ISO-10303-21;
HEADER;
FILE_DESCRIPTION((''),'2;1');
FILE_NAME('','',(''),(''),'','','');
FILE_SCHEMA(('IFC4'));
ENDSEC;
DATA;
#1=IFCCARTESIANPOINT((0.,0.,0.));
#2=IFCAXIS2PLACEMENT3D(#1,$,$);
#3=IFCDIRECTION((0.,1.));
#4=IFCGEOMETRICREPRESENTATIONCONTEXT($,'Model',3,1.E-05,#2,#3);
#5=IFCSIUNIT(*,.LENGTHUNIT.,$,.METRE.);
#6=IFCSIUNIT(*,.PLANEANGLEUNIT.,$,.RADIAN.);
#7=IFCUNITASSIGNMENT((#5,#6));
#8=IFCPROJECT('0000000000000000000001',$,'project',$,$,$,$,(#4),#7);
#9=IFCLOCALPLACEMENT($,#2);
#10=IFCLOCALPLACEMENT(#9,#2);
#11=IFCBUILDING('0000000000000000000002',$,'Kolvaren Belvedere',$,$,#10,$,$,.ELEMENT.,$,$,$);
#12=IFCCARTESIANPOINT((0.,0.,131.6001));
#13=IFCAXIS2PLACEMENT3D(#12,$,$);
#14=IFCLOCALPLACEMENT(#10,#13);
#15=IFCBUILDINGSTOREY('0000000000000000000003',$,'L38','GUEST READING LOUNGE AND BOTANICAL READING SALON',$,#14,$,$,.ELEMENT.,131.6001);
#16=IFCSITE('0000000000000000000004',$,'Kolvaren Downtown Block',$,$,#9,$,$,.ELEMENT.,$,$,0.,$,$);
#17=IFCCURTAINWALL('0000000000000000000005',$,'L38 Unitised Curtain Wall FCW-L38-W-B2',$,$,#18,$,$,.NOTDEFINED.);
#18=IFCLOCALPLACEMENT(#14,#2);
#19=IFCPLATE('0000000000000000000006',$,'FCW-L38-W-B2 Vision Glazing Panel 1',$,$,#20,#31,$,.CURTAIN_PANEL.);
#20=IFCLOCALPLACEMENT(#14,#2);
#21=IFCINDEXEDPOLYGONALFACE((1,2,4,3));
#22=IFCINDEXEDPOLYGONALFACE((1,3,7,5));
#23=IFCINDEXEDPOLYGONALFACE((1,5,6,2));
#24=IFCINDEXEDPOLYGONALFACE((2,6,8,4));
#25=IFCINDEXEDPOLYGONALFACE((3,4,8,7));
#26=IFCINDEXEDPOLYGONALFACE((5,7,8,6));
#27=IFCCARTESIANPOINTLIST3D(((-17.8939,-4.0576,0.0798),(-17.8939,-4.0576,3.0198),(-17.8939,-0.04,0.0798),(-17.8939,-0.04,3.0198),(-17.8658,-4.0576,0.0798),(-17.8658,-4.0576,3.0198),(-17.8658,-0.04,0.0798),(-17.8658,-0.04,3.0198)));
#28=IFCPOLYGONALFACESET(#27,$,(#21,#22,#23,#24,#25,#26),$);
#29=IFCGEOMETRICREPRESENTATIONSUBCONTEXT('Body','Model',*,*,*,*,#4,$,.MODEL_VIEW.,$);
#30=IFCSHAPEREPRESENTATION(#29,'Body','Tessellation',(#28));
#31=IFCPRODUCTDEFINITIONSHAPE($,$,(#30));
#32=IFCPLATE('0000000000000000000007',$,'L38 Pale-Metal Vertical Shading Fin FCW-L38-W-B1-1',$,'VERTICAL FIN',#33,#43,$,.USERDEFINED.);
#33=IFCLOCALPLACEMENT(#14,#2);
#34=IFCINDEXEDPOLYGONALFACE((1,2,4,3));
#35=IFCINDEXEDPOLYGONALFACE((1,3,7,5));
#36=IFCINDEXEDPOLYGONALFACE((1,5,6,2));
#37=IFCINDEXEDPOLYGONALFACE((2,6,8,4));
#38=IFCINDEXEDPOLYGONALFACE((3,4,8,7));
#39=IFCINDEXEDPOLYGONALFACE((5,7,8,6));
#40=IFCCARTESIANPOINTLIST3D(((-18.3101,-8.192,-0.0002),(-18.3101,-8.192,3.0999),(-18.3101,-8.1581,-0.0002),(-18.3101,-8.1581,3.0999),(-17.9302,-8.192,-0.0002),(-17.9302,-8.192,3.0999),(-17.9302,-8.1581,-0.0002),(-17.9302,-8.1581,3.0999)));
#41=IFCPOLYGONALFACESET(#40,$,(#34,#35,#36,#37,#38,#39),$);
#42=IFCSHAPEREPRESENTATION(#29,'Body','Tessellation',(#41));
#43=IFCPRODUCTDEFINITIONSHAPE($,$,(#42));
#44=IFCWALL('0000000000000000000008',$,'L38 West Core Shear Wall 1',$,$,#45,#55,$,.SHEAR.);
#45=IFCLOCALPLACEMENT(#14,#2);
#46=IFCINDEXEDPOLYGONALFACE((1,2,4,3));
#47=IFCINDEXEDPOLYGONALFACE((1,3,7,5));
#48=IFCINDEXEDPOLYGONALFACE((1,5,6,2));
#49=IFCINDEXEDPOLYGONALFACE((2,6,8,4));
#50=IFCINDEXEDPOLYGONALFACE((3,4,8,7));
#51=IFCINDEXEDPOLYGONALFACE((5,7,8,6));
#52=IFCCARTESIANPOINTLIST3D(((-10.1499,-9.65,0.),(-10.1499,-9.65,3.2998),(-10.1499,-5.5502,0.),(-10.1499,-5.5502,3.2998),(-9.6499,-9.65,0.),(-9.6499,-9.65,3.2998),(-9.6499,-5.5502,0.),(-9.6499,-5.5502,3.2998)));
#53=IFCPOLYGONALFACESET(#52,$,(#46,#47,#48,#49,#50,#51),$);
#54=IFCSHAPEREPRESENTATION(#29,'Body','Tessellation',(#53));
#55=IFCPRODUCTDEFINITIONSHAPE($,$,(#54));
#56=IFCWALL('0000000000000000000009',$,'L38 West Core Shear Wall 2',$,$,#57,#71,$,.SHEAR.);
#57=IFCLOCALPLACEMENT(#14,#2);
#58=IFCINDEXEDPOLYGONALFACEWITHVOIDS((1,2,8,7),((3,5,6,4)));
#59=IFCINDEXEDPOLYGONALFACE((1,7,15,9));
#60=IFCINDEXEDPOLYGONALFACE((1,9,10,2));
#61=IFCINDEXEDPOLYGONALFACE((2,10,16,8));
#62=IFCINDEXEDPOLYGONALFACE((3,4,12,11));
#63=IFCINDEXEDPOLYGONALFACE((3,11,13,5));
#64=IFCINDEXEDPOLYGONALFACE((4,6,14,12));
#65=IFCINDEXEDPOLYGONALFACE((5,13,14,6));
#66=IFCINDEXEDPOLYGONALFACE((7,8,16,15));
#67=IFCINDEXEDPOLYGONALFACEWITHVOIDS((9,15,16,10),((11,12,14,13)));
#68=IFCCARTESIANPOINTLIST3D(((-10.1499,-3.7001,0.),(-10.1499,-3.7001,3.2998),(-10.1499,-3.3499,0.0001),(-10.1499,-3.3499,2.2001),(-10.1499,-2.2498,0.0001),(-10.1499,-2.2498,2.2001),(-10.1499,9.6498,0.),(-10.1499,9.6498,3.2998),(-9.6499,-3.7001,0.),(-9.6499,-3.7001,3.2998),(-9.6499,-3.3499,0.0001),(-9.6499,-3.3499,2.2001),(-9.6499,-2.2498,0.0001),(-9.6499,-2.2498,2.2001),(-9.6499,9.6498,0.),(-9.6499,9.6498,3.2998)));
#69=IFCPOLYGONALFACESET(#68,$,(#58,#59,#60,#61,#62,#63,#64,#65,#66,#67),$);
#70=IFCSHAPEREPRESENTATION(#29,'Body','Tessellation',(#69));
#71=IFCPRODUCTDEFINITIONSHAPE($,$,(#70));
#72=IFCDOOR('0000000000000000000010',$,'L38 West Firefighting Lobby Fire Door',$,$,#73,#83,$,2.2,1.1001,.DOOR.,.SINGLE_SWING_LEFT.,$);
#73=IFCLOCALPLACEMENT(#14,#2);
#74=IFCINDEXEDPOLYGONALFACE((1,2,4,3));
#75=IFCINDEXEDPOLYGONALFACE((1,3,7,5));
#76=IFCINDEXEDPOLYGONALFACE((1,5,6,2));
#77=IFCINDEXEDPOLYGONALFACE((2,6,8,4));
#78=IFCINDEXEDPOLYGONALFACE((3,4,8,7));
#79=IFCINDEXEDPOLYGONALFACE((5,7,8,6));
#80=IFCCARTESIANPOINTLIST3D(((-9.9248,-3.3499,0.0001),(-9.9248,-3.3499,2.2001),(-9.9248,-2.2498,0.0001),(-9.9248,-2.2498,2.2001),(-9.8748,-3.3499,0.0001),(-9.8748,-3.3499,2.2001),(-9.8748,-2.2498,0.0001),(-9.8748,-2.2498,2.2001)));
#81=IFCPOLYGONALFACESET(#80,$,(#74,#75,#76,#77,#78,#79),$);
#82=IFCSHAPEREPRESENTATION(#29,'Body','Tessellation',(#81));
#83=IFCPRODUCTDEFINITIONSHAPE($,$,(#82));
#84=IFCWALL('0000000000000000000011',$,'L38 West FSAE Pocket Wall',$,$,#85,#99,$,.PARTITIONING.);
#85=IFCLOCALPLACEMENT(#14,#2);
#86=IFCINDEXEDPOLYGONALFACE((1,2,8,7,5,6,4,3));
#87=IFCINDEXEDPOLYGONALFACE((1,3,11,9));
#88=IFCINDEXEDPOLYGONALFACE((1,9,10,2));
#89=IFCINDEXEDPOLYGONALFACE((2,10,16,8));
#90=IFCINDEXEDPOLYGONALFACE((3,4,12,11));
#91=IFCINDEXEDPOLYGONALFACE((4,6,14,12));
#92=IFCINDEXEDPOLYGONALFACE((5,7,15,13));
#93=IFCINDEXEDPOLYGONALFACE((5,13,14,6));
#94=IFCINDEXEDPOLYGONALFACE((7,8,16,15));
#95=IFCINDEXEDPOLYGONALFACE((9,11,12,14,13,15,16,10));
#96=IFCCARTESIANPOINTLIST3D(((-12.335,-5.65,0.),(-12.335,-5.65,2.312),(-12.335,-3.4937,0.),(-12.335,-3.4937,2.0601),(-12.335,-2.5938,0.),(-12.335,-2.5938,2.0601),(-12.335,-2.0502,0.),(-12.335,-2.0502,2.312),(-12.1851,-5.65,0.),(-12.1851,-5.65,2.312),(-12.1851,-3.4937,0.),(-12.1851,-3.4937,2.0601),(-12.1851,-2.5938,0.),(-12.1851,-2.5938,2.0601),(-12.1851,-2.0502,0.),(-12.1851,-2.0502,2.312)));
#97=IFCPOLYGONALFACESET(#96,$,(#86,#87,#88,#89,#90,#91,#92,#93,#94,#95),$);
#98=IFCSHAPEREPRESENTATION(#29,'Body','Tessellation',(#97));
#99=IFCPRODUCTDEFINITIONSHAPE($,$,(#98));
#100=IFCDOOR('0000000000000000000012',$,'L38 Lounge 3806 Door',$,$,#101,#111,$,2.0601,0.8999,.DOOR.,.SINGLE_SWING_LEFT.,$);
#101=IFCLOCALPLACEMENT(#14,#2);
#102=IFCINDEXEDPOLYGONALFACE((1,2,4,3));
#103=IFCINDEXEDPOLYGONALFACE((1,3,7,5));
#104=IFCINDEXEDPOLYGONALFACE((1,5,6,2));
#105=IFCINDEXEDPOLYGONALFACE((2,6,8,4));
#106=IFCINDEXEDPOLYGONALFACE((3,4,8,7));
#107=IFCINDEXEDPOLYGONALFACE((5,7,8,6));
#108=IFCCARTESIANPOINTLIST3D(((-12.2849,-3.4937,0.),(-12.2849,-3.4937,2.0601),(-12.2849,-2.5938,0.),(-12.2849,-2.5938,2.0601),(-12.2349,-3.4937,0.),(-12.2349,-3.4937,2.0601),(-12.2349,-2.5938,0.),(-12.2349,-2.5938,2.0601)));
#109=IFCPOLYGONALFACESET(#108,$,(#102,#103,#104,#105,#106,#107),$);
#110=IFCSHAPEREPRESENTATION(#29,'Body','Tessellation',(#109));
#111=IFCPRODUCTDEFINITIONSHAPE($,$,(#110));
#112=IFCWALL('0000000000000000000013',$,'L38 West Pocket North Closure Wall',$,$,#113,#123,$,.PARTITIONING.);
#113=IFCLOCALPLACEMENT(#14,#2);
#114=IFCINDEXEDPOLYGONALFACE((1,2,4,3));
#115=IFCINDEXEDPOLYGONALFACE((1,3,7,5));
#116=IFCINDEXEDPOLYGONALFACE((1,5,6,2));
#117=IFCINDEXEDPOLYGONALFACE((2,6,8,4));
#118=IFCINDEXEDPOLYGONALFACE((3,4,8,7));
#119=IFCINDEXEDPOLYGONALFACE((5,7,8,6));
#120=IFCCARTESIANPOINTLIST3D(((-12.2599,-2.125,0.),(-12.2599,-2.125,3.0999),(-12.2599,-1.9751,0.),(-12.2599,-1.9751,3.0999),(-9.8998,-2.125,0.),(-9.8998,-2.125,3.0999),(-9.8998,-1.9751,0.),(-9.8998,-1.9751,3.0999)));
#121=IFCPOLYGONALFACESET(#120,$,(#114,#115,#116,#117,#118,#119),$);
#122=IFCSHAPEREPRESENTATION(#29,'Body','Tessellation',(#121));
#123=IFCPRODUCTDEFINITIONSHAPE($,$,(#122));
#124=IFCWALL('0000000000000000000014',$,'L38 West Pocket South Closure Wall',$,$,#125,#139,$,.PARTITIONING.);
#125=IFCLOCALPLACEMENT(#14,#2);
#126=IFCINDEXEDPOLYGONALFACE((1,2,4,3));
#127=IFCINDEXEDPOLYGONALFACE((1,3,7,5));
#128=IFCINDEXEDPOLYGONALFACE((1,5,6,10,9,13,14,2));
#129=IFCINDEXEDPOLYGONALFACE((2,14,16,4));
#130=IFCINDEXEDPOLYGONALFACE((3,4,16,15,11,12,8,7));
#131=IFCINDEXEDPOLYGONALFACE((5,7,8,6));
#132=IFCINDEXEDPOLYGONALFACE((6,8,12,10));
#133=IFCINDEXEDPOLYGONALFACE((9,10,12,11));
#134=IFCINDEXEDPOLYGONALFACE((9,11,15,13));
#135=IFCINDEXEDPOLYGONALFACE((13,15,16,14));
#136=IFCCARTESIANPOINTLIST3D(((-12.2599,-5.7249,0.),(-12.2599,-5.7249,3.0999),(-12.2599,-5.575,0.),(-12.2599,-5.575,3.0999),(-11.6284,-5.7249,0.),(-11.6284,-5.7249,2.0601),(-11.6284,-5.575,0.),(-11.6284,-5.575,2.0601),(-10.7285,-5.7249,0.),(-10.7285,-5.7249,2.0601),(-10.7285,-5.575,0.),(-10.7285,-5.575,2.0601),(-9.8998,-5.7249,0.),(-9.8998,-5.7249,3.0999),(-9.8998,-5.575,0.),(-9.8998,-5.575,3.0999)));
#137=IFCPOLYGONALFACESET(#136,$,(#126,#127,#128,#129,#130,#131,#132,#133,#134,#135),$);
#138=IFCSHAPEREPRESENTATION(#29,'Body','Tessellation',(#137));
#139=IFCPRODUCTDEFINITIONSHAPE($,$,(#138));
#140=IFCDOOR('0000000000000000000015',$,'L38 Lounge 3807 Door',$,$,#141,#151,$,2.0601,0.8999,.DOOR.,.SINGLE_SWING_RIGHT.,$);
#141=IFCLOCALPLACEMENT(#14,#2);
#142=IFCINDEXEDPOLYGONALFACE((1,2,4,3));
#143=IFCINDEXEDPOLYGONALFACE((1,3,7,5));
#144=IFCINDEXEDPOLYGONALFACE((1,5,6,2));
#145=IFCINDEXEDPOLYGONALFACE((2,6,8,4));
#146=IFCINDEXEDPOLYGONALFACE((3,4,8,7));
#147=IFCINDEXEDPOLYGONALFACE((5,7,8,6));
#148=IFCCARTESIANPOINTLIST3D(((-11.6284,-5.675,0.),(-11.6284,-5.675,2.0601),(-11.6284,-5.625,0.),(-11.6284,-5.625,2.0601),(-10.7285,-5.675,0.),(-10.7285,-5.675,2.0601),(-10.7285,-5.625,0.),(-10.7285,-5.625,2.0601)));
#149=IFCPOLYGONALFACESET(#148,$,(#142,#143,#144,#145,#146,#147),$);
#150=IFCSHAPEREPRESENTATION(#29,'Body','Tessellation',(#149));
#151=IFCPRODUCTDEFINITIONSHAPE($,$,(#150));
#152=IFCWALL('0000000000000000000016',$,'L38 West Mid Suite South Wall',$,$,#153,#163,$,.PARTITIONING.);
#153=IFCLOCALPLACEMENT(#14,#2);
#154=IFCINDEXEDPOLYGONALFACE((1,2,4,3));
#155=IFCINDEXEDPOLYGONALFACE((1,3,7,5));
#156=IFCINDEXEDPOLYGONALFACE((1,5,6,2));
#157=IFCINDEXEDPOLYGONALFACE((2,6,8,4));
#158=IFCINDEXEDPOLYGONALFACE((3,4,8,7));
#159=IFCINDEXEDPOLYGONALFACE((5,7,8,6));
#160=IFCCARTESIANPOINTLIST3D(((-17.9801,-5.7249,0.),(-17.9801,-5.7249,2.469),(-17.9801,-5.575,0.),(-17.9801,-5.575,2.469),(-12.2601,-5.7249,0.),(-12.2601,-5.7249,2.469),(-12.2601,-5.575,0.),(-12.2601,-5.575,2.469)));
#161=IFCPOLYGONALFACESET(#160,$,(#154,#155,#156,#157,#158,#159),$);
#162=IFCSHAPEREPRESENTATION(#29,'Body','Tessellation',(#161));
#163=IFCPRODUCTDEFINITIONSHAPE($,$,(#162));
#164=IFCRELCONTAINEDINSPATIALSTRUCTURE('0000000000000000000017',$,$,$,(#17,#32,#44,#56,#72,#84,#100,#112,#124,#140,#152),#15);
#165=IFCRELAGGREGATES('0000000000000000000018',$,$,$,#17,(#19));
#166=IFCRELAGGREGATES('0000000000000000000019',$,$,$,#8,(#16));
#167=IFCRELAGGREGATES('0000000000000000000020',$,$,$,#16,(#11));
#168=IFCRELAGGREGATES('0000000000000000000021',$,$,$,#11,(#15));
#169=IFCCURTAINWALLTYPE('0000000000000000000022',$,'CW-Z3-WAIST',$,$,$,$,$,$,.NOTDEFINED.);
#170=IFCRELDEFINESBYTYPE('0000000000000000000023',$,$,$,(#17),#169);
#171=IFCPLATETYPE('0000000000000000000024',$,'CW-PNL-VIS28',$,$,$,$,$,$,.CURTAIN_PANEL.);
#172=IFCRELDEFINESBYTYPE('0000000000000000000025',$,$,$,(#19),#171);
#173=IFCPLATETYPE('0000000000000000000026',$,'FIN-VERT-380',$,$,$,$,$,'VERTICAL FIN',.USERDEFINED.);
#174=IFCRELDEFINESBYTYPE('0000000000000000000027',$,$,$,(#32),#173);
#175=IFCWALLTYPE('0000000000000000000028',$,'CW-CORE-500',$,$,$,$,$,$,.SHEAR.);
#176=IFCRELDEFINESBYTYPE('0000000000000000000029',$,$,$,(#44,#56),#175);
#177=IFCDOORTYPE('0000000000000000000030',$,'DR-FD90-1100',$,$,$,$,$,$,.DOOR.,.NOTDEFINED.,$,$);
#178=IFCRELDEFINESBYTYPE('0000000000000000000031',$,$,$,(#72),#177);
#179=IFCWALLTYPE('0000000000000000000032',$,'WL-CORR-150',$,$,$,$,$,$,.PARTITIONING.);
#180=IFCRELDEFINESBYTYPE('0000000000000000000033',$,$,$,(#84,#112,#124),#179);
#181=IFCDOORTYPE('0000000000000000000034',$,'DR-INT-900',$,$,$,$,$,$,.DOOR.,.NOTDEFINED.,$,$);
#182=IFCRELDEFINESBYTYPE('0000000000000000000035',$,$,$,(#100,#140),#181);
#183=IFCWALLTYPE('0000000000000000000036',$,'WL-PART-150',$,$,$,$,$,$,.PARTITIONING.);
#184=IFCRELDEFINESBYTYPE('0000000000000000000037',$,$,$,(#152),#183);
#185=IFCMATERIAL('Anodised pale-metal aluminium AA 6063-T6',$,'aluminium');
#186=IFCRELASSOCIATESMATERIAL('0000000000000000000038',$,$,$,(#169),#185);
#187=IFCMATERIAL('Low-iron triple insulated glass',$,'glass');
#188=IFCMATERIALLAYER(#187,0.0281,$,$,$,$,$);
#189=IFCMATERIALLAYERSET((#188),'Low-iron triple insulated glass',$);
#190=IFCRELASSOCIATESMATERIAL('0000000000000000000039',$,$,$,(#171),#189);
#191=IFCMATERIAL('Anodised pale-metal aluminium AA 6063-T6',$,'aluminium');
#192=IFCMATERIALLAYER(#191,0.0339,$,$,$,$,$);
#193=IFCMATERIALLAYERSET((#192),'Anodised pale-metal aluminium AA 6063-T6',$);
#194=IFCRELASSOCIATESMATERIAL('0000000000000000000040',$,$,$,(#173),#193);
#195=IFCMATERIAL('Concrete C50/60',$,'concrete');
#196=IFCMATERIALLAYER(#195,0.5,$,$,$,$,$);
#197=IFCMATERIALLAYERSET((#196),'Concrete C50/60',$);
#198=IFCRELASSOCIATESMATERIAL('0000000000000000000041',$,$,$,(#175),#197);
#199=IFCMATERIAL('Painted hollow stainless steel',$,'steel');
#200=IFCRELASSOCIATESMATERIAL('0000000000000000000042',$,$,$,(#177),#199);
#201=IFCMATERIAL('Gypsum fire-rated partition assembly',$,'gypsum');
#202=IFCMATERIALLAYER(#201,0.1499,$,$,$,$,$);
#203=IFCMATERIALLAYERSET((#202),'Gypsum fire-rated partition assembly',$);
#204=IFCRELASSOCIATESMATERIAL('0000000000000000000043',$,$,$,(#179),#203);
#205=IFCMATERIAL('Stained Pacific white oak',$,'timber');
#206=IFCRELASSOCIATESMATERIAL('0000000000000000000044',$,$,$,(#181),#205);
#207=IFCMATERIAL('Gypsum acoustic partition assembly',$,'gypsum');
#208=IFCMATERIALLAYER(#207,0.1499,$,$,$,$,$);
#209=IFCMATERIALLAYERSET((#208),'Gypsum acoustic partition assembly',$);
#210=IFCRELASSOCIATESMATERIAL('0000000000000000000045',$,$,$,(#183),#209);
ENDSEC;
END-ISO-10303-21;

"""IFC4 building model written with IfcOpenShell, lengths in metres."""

from ifc_helpers import new_model, si_unit, direction, frame, frame_2d, origin, origin_2d, place, context, subcontext, project, spatial, rectangle, extrude, material, layer, layer_set, type_object, element, fill, aggregate, save


model = new_model("IFC4")

# Units and contexts
model_context = context("Model", 3, precision=1e-05, world=origin(), true_north=direction((0.0, 1.0)))
body_context = subcontext(model_context, "Body", "Model", "MODEL_VIEW")
ifc_project = project(units=[si_unit("LENGTHUNIT", "METRE"), si_unit("PLANEANGLEUNIT", "RADIAN")], contexts=[model_context])

# Site, building, storey
site_placement = place(None, origin())
site = spatial("IfcSite", under=ifc_project, at=site_placement, Name="Kolvaren Downtown Block", CompositionType="ELEMENT", RefElevation=0.0)
building_placement = place(site_placement, origin())
building = spatial("IfcBuilding", under=site, at=building_placement, Name="Kolvaren Belvedere", CompositionType="ELEMENT")
storey_placement = place(building_placement, frame((0.0, 0.0, 131.6001)))
storey = spatial("IfcBuildingStorey", under=building, at=storey_placement, Name="L38", Description="GUEST READING LOUNGE AND BOTANICAL READING SALON", CompositionType="ELEMENT", Elevation=131.6001)

# Shared definitions
ifc_material_1 = material(Name="Anodised pale-metal aluminium AA 6063-T6", Category="aluminium")
curtain_wall_type = type_object("IfcCurtainWallType", Name="CW-Z3-WAIST", PredefinedType="NOTDEFINED", material=ifc_material_1)

# Curtain wall
curtain_wall_1_placement = place(storey_placement, origin())
curtain_wall_1 = element("IfcCurtainWall", 1, at=curtain_wall_1_placement, inside=storey, type_object=curtain_wall_type, Name="L38 Unitised Curtain Wall FCW-L38-W-B2", PredefinedType="NOTDEFINED")

# Plates
ifc_material_2 = material(Name="Low-iron triple insulated glass", Category="glass")
ifc_layer_1 = layer(ifc_material_2, 0.0281)
ifc_layer_set_1 = layer_set([ifc_layer_1], Name="Low-iron triple insulated glass")
plate_type_1 = type_object("IfcPlateType", Name="CW-PNL-VIS28", PredefinedType="CURTAIN_PANEL", material=ifc_layer_set_1)
plate_1_placement = place(storey_placement, frame((-17.8799, -2.0488, 0.0798), z_axis=(0.0, 0.0, 1.0), x_axis=(0.0, 1.0, 0.0)))
plate_1 = element("IfcPlate", 2, at=plate_1_placement, type_object=plate_type_1, Name="FCW-L38-W-B2 Vision Glazing Panel 1", PredefinedType="CURTAIN_PANEL", context=body_context, shape_type="SweptSolid", body=[
    extrude(rectangle(XDim=4.0176, YDim=0.0281, at=origin_2d()), origin(), (0.0, 0.0, 1.0), 2.9399),
])
aggregate(curtain_wall_1, [plate_1])
ifc_material_3 = material(Name="Anodised pale-metal aluminium AA 6063-T6", Category="aluminium")
ifc_layer_2 = layer(ifc_material_3, 0.0339)
ifc_layer_set_2 = layer_set([ifc_layer_2], Name="Anodised pale-metal aluminium AA 6063-T6")
plate_type_2 = type_object("IfcPlateType", Name="FIN-VERT-380", ElementType="VERTICAL FIN", PredefinedType="USERDEFINED", material=ifc_layer_set_2)
plate_2_placement = place(storey_placement, frame((-18.1201, -8.175, -0.0002), z_axis=(0.0, 0.0, 1.0), x_axis=(1.0, 0.0, 0.0)))
element("IfcPlate", 3, at=plate_2_placement, inside=storey, type_object=plate_type_2, Name="L38 Pale-Metal Vertical Shading Fin FCW-L38-W-B1-1", ObjectType="VERTICAL FIN", PredefinedType="USERDEFINED", context=body_context, shape_type="SweptSolid", body=[
    extrude(rectangle(XDim=0.3799, YDim=0.0339, at=origin_2d()), origin(), (0.0, 0.0, 1.0), 3.1001),
])

# Wall
ifc_material_4 = material(Name="Concrete C50/60", Category="concrete")
ifc_layer_3 = layer(ifc_material_4, 0.5)
ifc_layer_set_3 = layer_set([ifc_layer_3], Name="Concrete C50/60")
wall_type_1 = type_object("IfcWallType", Name="CW-CORE-500", PredefinedType="SHEAR", material=ifc_layer_set_3)
wall_1_placement = place(storey_placement, frame((-9.8999, -9.6499, 0.0), z_axis=(0.0, 0.0, 1.0), x_axis=(0.0, 1.0, 0.0)))
element("IfcWall", 4, at=wall_1_placement, inside=storey, type_object=wall_type_1, Name="L38 West Core Shear Wall 1", PredefinedType="SHEAR", context=body_context, shape_type="SweptSolid", body=[
    extrude(rectangle(XDim=4.0999, YDim=0.5, at=frame_2d((2.0498, 0.0))), origin(), (0.0, 0.0, 1.0), 3.2998),
])

# Walls, openings, doors
wall_2_placement = place(storey_placement, frame((-9.8999, -3.7, 0.0), z_axis=(0.0, 0.0, 1.0), x_axis=(0.0, 1.0, 0.0)))
wall_2 = element("IfcWall", 5, at=wall_2_placement, inside=storey, type_object=wall_type_1, Name="L38 West Core Shear Wall 2", PredefinedType="SHEAR", context=body_context, shape_type="SweptSolid", body=[
    extrude(rectangle(XDim=13.3499, YDim=0.5, at=frame_2d((6.6748, 0.0))), origin(), (0.0, 0.0, 1.0), 3.2998),
])
opening_1_placement = place(wall_2_placement, frame((0.3501, 0.0, 0.0)))
opening_1 = element("IfcOpeningElement", 6, at=opening_1_placement, cuts=wall_2, PredefinedType="OPENING", context=body_context, shape_type="SweptSolid", body=[
    extrude(rectangle(XDim=1.1001, YDim=2.2, at=frame_2d((0.55, 1.1001))), frame((0.0, 0.26, 0.0), z_axis=(0.0, -1.0, 0.0), x_axis=(1.0, 0.0, 0.0)), (0.0, 0.0, 1.0), 0.52),
])
ifc_material_5 = material(Name="Painted hollow stainless steel", Category="steel")
door_type_1 = type_object("IfcDoorType", Name="DR-FD90-1100", OperationType="NOTDEFINED", PredefinedType="DOOR", material=ifc_material_5)
door_1_placement = place(opening_1_placement, origin())
door_1 = element("IfcDoor", 7, at=door_1_placement, inside=storey, type_object=door_type_1, Name="L38 West Firefighting Lobby Fire Door", OperationType="SINGLE_SWING_LEFT", OverallHeight=2.2, OverallWidth=1.1001, PredefinedType="DOOR", context=body_context, shape_type="SweptSolid", body=[
    extrude(rectangle(XDim=1.1001, YDim=2.2, at=frame_2d((0.55, 1.1001))), frame((0.0, 0.0249, 0.0), z_axis=(0.0, -1.0, 0.0), x_axis=(1.0, 0.0, 0.0)), (0.0, 0.0, 1.0), 0.05),
])
fill(opening_1, door_1)
ifc_material_6 = material(Name="Gypsum fire-rated partition assembly", Category="gypsum")
ifc_layer_4 = layer(ifc_material_6, 0.1499)
ifc_layer_set_4 = layer_set([ifc_layer_4], Name="Gypsum fire-rated partition assembly")
wall_type_2 = type_object("IfcWallType", Name="WL-CORR-150", PredefinedType="PARTITIONING", material=ifc_layer_set_4)
wall_3_placement = place(storey_placement, frame((-12.26, -5.6499, 0.0), z_axis=(0.0, 0.0, 1.0), x_axis=(0.0, 1.0, 0.0)))
wall_3 = element("IfcWall", 8, at=wall_3_placement, inside=storey, type_object=wall_type_2, Name="L38 West FSAE Pocket Wall", PredefinedType="PARTITIONING", context=body_context, shape_type="SweptSolid", body=[
    extrude(rectangle(XDim=3.5999, YDim=0.1499, at=frame_2d((1.7998, 0.0))), origin(), (0.0, 0.0, 1.0), 2.312),
])
opening_2_placement = place(wall_3_placement, frame((2.1562, 0.0, 0.0)))
opening_2 = element("IfcOpeningElement", 9, at=opening_2_placement, cuts=wall_3, PredefinedType="OPENING", context=body_context, shape_type="SweptSolid", body=[
    extrude(rectangle(XDim=0.8999, YDim=2.0601, at=frame_2d((0.45, 1.03))), frame((0.0, 0.085, 0.0), z_axis=(0.0, -1.0, 0.0), x_axis=(1.0, 0.0, 0.0)), (0.0, 0.0, 1.0), 0.1699),
])
ifc_material_7 = material(Name="Stained Pacific white oak", Category="timber")
door_type_2 = type_object("IfcDoorType", Name="DR-INT-900", OperationType="NOTDEFINED", PredefinedType="DOOR", material=ifc_material_7)
door_2_placement = place(opening_2_placement, origin())
door_2 = element("IfcDoor", 10, at=door_2_placement, inside=storey, type_object=door_type_2, Name="L38 Lounge 3806 Door", OperationType="SINGLE_SWING_LEFT", OverallHeight=2.0601, OverallWidth=0.8999, PredefinedType="DOOR", context=body_context, shape_type="SweptSolid", body=[
    extrude(rectangle(XDim=0.8999, YDim=2.0601, at=frame_2d((0.45, 1.03))), frame((0.0, 0.0249, 0.0), z_axis=(0.0, -1.0, 0.0), x_axis=(1.0, 0.0, 0.0)), (0.0, 0.0, 1.0), 0.05),
])
fill(opening_2, door_2)

# Wall
wall_4_placement = place(storey_placement, frame((-12.26, -2.05, 0.0), z_axis=(0.0, 0.0, 1.0), x_axis=(1.0, 0.0, 0.0)))
element("IfcWall", 11, at=wall_4_placement, inside=storey, type_object=wall_type_2, Name="L38 West Pocket North Closure Wall", PredefinedType="PARTITIONING", context=body_context, shape_type="SweptSolid", body=[
    extrude(rectangle(XDim=2.3601, YDim=0.1499, at=frame_2d((1.1802, 0.0))), origin(), (0.0, 0.0, 1.0), 3.0999),
])

# Wall, opening, door
wall_5_placement = place(storey_placement, frame((-12.26, -5.6499, 0.0), z_axis=(0.0, 0.0, 1.0), x_axis=(1.0, 0.0, 0.0)))
wall_5 = element("IfcWall", 12, at=wall_5_placement, inside=storey, type_object=wall_type_2, Name="L38 West Pocket South Closure Wall", PredefinedType="PARTITIONING", context=body_context, shape_type="SweptSolid", body=[
    extrude(rectangle(XDim=2.3601, YDim=0.1499, at=frame_2d((1.1802, 0.0))), origin(), (0.0, 0.0, 1.0), 3.0999),
])
opening_3_placement = place(wall_5_placement, frame((0.6316, 0.0, 0.0)))
opening_3 = element("IfcOpeningElement", 13, at=opening_3_placement, cuts=wall_5, PredefinedType="OPENING", context=body_context, shape_type="SweptSolid", body=[
    extrude(rectangle(XDim=0.8999, YDim=2.0601, at=frame_2d((0.45, 1.03))), frame((0.0, 0.085, 0.0), z_axis=(0.0, -1.0, 0.0), x_axis=(1.0, 0.0, 0.0)), (0.0, 0.0, 1.0), 0.1699),
])
door_3_placement = place(opening_3_placement, origin())
door_3 = element("IfcDoor", 14, at=door_3_placement, inside=storey, type_object=door_type_2, Name="L38 Lounge 3807 Door", OperationType="SINGLE_SWING_RIGHT", OverallHeight=2.0601, OverallWidth=0.8999, PredefinedType="DOOR", context=body_context, shape_type="SweptSolid", body=[
    extrude(rectangle(XDim=0.8999, YDim=2.0601, at=frame_2d((0.45, 1.03))), frame((0.0, 0.0249, 0.0), z_axis=(0.0, -1.0, 0.0), x_axis=(1.0, 0.0, 0.0)), (0.0, 0.0, 1.0), 0.05),
])
fill(opening_3, door_3)

# Wall
ifc_material_8 = material(Name="Gypsum acoustic partition assembly", Category="gypsum")
ifc_layer_5 = layer(ifc_material_8, 0.1499)
ifc_layer_set_5 = layer_set([ifc_layer_5], Name="Gypsum acoustic partition assembly")
wall_type_3 = type_object("IfcWallType", Name="WL-PART-150", PredefinedType="PARTITIONING", material=ifc_layer_set_5)
wall_6_placement = place(storey_placement, frame((-17.98, -5.6499, 0.0), z_axis=(0.0, 0.0, 1.0), x_axis=(1.0, 0.0, 0.0)))
element("IfcWall", 15, at=wall_6_placement, inside=storey, type_object=wall_type_3, Name="L38 West Mid Suite South Wall", PredefinedType="PARTITIONING", context=body_context, shape_type="SweptSolid", body=[
    extrude(rectangle(XDim=5.72, YDim=0.1499, at=frame_2d((2.8599, 0.0))), origin(), (0.0, 0.0, 1.0), 2.469),
])

save(model, "model.ifc")
